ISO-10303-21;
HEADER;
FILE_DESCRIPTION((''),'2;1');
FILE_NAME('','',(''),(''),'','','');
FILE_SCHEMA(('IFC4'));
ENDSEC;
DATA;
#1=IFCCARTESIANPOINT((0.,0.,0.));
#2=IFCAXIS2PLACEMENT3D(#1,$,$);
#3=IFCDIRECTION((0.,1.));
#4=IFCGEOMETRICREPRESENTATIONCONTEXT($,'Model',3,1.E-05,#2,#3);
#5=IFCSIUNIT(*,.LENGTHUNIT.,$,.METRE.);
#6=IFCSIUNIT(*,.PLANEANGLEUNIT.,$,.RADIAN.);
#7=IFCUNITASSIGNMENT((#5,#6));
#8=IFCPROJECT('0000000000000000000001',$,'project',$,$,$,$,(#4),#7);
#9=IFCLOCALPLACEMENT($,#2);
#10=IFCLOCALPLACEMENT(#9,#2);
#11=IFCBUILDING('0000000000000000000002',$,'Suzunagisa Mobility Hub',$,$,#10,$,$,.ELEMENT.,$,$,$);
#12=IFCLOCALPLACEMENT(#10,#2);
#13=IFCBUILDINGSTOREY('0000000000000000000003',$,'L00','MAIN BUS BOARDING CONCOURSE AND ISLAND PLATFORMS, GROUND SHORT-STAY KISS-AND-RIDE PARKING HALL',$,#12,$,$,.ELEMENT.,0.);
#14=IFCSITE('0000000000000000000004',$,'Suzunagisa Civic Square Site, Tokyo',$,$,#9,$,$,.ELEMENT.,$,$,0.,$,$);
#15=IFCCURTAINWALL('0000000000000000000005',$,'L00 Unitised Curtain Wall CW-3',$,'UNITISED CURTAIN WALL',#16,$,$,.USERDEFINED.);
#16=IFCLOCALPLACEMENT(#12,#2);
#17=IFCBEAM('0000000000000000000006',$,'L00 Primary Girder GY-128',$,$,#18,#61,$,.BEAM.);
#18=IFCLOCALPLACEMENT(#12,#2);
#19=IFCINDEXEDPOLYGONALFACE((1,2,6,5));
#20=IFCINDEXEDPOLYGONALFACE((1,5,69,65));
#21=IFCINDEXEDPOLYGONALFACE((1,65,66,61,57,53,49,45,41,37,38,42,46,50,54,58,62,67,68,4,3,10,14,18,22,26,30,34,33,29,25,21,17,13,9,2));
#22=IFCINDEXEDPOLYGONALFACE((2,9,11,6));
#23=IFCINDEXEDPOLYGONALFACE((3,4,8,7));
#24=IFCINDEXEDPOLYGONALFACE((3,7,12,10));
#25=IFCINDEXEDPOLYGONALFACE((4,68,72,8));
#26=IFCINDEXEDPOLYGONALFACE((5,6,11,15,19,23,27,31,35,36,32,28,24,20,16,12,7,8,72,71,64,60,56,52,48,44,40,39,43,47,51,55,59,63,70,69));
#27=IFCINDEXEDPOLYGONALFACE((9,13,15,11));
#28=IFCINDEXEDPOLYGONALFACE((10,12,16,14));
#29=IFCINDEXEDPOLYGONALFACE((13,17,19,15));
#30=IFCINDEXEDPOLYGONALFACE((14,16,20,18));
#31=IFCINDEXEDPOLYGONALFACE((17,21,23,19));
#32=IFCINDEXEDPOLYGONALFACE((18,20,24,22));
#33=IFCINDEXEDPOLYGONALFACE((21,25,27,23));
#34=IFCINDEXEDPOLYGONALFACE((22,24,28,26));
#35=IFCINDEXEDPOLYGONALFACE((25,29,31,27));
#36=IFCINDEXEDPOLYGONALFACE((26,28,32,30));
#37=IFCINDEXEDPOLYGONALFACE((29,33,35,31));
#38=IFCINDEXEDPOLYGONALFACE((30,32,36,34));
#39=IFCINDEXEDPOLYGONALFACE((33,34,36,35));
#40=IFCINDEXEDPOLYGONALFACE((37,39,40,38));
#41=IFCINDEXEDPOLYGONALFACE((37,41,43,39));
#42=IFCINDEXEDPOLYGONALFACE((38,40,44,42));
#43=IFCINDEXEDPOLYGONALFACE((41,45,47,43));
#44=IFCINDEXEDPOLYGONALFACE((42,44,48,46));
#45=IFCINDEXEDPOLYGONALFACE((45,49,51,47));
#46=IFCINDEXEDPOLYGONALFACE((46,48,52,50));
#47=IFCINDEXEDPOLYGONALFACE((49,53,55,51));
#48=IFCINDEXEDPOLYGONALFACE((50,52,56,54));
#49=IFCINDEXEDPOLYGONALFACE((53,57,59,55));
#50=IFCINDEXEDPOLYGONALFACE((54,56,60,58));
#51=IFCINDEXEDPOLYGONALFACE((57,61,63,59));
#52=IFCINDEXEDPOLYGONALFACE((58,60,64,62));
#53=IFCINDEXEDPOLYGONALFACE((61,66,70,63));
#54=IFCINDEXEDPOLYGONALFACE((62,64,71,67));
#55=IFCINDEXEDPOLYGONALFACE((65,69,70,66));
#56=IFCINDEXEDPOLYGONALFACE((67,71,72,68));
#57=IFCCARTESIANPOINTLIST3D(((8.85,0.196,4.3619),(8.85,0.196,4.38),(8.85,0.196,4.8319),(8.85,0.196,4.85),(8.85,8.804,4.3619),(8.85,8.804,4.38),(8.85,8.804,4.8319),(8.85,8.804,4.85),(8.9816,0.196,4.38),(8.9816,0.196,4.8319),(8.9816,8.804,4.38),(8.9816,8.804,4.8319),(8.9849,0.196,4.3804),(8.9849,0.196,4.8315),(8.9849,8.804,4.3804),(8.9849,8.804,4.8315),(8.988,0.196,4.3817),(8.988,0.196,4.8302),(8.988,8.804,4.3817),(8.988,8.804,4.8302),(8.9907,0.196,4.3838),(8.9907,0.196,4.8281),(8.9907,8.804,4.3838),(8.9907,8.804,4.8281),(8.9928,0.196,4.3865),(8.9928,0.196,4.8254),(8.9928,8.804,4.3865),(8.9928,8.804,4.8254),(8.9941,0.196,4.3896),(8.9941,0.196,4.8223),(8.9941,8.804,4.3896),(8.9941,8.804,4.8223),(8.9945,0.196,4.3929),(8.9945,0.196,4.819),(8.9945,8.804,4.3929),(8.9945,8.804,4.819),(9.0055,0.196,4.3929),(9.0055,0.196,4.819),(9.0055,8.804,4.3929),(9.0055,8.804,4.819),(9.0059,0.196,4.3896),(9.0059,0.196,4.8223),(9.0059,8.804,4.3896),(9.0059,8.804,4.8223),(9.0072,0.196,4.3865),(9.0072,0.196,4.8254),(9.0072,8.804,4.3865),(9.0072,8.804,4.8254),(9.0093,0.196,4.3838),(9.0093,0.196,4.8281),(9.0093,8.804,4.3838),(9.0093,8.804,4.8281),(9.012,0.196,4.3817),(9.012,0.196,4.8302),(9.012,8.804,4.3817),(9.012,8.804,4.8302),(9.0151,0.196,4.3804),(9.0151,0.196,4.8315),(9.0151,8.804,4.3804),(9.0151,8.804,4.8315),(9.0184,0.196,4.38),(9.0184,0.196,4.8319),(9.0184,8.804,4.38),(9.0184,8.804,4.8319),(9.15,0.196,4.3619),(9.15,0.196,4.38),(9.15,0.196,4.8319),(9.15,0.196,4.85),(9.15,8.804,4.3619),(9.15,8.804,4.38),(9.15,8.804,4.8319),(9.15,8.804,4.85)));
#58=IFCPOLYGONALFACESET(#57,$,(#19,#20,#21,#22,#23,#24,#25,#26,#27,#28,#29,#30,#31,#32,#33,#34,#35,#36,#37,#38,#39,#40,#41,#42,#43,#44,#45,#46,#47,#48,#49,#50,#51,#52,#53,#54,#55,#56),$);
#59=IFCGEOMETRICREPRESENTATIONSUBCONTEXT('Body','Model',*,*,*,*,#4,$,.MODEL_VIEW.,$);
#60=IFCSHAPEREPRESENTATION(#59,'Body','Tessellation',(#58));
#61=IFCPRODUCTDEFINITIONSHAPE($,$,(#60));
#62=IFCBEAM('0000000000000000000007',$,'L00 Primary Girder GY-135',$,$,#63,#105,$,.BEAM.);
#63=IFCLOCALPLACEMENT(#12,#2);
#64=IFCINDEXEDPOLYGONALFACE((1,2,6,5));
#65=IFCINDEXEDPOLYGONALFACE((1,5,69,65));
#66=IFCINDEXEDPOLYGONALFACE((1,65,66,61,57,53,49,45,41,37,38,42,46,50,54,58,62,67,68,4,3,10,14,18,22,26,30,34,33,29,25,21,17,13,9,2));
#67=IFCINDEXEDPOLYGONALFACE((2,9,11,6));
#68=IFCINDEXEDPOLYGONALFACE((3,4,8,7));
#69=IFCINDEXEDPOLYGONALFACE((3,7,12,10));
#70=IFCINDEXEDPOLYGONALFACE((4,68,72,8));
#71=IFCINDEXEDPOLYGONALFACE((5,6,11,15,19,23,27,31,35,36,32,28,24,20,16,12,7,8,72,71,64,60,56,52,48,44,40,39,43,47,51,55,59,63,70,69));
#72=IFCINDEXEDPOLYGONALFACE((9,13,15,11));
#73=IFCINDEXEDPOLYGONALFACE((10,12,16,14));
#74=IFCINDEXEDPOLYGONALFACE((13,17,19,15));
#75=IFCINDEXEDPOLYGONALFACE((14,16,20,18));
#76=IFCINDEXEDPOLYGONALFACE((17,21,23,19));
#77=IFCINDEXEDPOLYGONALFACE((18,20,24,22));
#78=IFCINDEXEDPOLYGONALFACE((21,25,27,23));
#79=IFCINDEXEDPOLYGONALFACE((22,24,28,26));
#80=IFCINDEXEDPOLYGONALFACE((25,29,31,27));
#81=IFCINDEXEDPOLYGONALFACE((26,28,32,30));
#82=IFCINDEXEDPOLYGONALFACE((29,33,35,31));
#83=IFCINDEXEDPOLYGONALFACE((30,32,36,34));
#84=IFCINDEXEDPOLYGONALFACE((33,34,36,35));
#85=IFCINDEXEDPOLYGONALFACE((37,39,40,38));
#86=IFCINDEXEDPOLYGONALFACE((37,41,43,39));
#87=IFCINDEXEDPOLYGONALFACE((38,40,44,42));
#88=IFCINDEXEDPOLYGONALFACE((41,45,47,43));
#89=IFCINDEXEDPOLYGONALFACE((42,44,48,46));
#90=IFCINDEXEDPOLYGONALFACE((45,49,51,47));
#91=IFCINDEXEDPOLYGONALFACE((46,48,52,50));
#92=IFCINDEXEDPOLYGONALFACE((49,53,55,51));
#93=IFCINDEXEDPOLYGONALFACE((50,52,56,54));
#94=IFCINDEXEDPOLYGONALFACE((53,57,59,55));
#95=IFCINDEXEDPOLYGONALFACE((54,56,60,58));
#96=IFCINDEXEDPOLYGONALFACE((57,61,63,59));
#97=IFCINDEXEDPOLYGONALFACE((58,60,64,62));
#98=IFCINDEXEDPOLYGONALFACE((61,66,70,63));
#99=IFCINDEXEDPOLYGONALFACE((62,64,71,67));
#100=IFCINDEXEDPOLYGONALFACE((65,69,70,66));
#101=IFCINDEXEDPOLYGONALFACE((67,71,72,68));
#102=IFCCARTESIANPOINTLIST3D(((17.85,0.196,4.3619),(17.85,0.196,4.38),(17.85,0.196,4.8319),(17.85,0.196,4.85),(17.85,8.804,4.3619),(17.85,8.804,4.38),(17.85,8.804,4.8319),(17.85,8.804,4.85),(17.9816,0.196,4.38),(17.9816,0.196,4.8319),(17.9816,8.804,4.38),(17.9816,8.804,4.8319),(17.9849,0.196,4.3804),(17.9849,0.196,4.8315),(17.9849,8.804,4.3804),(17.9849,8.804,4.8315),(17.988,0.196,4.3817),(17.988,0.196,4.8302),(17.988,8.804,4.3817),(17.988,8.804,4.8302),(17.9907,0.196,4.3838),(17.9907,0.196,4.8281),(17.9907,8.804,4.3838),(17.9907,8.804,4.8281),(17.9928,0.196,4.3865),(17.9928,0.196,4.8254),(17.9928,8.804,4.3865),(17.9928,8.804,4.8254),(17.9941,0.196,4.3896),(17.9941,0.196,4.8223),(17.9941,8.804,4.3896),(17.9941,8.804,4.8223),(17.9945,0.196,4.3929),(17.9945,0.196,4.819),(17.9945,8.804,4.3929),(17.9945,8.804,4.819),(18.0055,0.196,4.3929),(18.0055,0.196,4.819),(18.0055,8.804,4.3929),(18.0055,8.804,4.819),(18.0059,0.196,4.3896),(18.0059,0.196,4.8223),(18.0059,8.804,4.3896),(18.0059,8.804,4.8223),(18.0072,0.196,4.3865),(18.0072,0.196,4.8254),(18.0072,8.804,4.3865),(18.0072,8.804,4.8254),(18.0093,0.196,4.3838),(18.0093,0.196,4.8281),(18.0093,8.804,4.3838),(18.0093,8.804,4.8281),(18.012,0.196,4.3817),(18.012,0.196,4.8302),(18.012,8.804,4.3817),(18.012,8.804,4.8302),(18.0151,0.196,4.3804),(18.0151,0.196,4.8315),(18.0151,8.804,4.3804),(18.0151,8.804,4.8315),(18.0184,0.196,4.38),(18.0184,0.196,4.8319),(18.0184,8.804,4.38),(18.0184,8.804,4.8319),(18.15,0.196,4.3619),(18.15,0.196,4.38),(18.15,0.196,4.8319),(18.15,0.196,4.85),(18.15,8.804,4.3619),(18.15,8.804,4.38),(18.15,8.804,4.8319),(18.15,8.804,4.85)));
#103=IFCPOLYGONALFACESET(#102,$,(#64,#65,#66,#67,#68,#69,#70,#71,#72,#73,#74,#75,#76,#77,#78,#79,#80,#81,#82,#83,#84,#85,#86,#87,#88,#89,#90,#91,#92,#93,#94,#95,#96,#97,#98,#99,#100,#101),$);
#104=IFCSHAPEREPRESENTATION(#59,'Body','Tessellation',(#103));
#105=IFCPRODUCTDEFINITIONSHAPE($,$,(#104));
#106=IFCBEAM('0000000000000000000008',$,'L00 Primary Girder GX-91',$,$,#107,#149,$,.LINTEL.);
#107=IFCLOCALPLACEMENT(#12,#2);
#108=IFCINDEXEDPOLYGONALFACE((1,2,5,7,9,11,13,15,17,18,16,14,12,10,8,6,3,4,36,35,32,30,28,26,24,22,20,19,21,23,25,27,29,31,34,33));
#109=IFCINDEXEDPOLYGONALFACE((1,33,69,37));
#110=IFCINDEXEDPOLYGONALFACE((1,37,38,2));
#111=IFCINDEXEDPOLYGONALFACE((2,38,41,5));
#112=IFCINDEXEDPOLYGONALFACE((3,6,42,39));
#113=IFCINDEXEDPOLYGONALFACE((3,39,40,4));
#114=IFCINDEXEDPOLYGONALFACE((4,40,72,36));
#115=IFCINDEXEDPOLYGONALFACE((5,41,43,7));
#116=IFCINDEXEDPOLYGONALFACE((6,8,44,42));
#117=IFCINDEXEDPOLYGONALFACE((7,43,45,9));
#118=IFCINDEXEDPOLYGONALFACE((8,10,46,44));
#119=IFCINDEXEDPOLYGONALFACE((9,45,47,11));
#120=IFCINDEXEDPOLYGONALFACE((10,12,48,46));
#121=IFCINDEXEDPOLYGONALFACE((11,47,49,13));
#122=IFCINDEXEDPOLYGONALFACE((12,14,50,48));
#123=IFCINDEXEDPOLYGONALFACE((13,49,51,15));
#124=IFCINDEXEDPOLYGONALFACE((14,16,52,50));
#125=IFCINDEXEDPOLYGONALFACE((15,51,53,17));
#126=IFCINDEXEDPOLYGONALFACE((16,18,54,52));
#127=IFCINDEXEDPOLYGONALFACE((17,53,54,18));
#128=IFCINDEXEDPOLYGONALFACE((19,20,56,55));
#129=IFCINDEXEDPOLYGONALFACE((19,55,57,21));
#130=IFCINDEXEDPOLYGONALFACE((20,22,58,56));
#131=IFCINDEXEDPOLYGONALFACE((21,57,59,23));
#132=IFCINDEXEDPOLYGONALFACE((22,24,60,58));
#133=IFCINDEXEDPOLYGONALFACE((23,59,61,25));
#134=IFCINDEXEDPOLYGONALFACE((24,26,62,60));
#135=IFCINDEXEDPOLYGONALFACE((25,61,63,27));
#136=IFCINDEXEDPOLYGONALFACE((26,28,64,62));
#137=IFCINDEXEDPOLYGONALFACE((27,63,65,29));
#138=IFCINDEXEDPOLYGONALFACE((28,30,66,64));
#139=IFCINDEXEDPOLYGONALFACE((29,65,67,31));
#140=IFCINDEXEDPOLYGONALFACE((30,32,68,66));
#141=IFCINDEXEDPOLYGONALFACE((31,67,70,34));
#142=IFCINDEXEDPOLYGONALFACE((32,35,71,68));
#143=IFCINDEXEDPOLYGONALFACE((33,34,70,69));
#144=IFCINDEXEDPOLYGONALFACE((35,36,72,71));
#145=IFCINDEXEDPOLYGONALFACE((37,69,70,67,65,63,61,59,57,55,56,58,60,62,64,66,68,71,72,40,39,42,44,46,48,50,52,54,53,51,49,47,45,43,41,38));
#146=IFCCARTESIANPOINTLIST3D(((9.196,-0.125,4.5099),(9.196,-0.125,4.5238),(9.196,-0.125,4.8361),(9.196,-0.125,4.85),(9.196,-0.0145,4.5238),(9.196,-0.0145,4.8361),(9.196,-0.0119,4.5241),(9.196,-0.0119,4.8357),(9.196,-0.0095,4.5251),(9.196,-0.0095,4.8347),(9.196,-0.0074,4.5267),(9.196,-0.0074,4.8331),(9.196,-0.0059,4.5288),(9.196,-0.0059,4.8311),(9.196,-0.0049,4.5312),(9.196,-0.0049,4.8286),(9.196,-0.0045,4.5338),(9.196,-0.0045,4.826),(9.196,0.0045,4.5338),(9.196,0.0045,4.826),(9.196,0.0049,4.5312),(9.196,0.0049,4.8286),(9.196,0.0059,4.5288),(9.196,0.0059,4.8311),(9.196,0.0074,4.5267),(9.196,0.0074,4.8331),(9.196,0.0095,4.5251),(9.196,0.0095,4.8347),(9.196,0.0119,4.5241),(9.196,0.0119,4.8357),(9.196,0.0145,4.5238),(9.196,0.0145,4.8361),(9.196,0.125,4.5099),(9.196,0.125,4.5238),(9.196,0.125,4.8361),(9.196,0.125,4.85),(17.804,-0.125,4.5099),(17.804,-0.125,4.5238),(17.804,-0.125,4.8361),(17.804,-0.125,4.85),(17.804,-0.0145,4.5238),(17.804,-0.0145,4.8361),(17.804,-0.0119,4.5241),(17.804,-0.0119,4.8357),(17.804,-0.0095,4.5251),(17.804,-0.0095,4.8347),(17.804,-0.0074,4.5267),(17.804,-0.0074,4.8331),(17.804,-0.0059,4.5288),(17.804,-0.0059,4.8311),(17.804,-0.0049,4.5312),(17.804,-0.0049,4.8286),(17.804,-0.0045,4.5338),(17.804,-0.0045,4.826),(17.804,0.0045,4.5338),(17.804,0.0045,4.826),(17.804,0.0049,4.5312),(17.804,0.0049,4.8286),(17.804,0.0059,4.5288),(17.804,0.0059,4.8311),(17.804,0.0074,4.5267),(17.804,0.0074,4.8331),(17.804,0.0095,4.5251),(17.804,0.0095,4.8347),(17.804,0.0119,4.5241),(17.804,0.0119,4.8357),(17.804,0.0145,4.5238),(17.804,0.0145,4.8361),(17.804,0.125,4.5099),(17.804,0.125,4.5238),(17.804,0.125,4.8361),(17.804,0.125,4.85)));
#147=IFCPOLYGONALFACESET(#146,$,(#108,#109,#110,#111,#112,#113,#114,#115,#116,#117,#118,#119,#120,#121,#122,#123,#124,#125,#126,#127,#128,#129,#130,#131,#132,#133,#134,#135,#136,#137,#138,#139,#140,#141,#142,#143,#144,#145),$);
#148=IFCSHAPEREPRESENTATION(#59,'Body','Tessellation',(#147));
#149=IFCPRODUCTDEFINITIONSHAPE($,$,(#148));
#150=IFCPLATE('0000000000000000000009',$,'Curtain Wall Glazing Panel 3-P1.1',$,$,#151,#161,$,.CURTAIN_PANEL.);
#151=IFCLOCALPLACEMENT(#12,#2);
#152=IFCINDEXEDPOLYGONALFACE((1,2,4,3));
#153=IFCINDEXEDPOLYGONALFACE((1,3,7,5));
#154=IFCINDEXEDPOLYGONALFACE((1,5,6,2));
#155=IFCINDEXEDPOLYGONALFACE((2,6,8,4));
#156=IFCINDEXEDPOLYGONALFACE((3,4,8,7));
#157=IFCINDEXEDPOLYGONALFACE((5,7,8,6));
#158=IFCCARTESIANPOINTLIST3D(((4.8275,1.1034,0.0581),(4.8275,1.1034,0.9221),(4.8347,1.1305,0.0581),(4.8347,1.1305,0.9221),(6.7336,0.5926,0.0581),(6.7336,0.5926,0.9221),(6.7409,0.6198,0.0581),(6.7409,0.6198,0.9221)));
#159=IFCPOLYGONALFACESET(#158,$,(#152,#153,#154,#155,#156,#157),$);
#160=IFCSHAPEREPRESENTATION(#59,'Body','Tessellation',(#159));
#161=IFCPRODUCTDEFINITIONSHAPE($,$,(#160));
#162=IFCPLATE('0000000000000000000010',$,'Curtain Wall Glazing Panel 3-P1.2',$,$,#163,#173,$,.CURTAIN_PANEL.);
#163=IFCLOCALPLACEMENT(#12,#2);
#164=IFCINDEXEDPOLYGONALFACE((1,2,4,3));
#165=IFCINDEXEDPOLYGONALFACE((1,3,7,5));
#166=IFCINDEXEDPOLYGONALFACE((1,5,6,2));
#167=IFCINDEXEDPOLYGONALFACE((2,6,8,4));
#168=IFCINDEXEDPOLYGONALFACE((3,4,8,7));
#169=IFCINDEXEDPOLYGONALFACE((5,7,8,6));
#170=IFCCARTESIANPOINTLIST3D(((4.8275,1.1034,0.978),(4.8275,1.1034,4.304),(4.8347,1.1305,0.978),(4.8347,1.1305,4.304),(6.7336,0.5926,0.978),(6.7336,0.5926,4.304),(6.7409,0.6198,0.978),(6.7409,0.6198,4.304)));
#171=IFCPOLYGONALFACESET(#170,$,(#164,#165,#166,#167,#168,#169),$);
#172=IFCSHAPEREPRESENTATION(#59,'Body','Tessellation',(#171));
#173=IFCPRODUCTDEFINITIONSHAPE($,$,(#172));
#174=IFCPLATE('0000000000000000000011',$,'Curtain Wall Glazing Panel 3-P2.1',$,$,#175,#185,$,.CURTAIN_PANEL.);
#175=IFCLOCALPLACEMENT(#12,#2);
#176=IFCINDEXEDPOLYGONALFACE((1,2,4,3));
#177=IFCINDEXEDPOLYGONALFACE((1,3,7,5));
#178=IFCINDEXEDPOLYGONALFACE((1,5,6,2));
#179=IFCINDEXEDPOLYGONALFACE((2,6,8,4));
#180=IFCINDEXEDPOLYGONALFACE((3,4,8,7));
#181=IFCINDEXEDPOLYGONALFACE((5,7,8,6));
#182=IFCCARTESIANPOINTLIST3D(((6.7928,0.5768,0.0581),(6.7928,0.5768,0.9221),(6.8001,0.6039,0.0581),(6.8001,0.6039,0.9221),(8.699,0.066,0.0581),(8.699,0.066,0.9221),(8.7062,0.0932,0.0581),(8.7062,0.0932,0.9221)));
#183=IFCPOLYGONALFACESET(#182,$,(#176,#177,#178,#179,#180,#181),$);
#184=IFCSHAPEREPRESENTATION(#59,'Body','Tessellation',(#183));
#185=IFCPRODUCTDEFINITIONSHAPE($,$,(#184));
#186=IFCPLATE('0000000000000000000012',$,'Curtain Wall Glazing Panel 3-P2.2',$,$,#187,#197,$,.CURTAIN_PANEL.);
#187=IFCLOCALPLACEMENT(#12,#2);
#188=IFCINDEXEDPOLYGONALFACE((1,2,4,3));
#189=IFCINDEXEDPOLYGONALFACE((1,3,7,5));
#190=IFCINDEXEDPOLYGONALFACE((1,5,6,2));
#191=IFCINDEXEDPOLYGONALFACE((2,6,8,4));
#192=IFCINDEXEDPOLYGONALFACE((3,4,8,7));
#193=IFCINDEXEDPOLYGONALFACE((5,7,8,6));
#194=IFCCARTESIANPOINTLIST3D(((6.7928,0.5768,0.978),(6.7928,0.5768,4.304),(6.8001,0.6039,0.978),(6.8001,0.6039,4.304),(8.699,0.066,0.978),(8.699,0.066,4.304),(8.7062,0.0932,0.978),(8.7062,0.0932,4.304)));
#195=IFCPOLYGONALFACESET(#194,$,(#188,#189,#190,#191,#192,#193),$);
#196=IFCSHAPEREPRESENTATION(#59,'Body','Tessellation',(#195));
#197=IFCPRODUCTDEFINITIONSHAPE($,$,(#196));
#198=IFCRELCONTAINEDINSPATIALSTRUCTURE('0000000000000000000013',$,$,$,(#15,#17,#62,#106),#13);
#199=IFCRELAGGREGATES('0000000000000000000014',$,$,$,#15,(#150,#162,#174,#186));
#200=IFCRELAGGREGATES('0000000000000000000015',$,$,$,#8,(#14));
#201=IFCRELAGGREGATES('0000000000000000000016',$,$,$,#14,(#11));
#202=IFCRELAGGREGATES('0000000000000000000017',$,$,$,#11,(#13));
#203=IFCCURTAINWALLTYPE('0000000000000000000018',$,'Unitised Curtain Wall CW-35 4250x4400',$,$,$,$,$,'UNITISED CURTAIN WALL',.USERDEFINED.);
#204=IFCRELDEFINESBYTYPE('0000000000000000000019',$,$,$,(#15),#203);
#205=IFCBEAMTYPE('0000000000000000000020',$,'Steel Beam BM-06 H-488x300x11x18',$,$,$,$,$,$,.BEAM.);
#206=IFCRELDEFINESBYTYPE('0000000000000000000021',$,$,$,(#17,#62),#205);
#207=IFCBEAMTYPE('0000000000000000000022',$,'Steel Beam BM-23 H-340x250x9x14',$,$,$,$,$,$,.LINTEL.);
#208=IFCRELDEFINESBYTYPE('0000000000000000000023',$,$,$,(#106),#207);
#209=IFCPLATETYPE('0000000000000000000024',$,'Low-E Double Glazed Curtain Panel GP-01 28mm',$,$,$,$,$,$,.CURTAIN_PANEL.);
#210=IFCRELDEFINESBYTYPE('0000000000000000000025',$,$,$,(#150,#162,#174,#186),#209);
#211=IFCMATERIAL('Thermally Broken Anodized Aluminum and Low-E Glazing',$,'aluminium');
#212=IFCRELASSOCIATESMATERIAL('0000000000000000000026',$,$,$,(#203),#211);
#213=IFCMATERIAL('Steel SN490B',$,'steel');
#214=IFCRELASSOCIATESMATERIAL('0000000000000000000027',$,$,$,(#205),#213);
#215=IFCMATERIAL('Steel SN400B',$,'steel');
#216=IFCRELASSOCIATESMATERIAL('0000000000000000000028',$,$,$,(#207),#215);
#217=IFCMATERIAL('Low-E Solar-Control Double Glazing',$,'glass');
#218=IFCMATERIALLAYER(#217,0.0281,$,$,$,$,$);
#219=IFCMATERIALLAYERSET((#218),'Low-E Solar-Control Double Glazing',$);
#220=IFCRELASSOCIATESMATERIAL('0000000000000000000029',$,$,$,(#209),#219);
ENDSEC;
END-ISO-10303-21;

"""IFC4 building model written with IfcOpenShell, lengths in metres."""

from ifc_helpers import new_model, si_unit, direction, frame, origin, origin_2d, place, context, subcontext, project, spatial, rectangle, i_section, extrude, material, layer, layer_set, material_profile, profile_set, type_object, element, aggregate, save


model = new_model("IFC4")

# Units and contexts
model_context = context("Model", 3, precision=1e-05, world=origin(), true_north=direction((0.0, 1.0)))
body_context = subcontext(model_context, "Body", "Model", "MODEL_VIEW")
ifc_project = project(units=[si_unit("LENGTHUNIT", "METRE"), si_unit("PLANEANGLEUNIT", "RADIAN")], contexts=[model_context])

# Site, building, storey
site_placement = place(None, origin())
site = spatial("IfcSite", under=ifc_project, at=site_placement, Name="Suzunagisa Civic Square Site, Tokyo", CompositionType="ELEMENT", RefElevation=0.0)
building_placement = place(site_placement, origin())
building = spatial("IfcBuilding", under=site, at=building_placement, Name="Suzunagisa Mobility Hub", CompositionType="ELEMENT")
storey_placement = place(building_placement, origin())
storey = spatial("IfcBuildingStorey", under=building, at=storey_placement, Name="L00", Description="MAIN BUS BOARDING CONCOURSE AND ISLAND PLATFORMS, GROUND SHORT-STAY KISS-AND-RIDE PARKING HALL", CompositionType="ELEMENT", Elevation=0.0)

# Shared definitions
ifc_material_1 = material(Name="Steel SN490B", Category="steel")

# Curtain wall
ifc_material_2 = material(Name="Thermally Broken Anodized Aluminum and Low-E Glazing", Category="aluminium")
curtain_wall_type = type_object("IfcCurtainWallType", Name="Unitised Curtain Wall CW-35 4250x4400", ElementType="UNITISED CURTAIN WALL", PredefinedType="USERDEFINED", material=ifc_material_2)
curtain_wall_placement = place(storey_placement, origin())
curtain_wall = element("IfcCurtainWall", 1, at=curtain_wall_placement, inside=storey, type_object=curtain_wall_type, Name="L00 Unitised Curtain Wall CW-3", ObjectType="UNITISED CURTAIN WALL", PredefinedType="USERDEFINED")

# Beams
ifc_material_profile_1 = material_profile(ifc_material_1, i_section(OverallWidth=0.3, OverallDepth=0.488, WebThickness=0.011, FlangeThickness=0.0181, FilletRadius=0.0129, at=origin_2d()), Name="H-488x300x11x18")
ifc_profile_set_1 = profile_set([ifc_material_profile_1], Name="Steel SN490B")
beam_type_1 = type_object("IfcBeamType", Name="Steel Beam BM-06 H-488x300x11x18", PredefinedType="BEAM", material=ifc_profile_set_1)
for number, where, z_axis, x_axis, name in (
    (2, (9.0, 0.196, 4.606), (0.0, 1.0, 0.0), (-1.0, 0.0, 0.0), "L00 Primary Girder GY-128"),
    (3, (18.0, 0.196, 4.606), (0.0, 1.0, 0.0), (-1.0, 0.0, 0.0), "L00 Primary Girder GY-135"),
):
    element("IfcBeam", number, at=place(storey_placement, frame(where, z_axis=z_axis, x_axis=x_axis)), inside=storey, type_object=beam_type_1, Name=name, PredefinedType="BEAM", context=body_context, shape_type="SweptSolid", body=[
        extrude(i_section(OverallWidth=0.3, OverallDepth=0.488, WebThickness=0.011, FlangeThickness=0.0181, FilletRadius=0.0129, at=origin_2d()), origin(), (0.0, 0.0, 1.0), 8.6079),
    ])
ifc_material_3 = material(Name="Steel SN400B", Category="steel")
ifc_material_profile_2 = material_profile(ifc_material_3, i_section(OverallWidth=0.25, OverallDepth=0.3401, WebThickness=0.009, FlangeThickness=0.0139, FilletRadius=0.01, at=origin_2d()), Name="H-340x250x9x14")
ifc_profile_set_2 = profile_set([ifc_material_profile_2], Name="Steel SN400B")
beam_type_2 = type_object("IfcBeamType", Name="Steel Beam BM-23 H-340x250x9x14", PredefinedType="LINTEL", material=ifc_profile_set_2)
beam_placement = place(storey_placement, frame((9.196, 0.0, 4.6799), z_axis=(1.0, 0.0, 0.0), x_axis=(0.0, 1.0, 0.0)))
element("IfcBeam", 4, at=beam_placement, inside=storey, type_object=beam_type_2, Name="L00 Primary Girder GX-91", PredefinedType="LINTEL", context=body_context, shape_type="SweptSolid", body=[
    extrude(i_section(OverallWidth=0.25, OverallDepth=0.3401, WebThickness=0.009, FlangeThickness=0.0139, FilletRadius=0.01, at=origin_2d()), origin(), (0.0, 0.0, 1.0), 8.6079),
])

# Plates
ifc_material_4 = material(Name="Low-E Solar-Control Double Glazing", Category="glass")
ifc_layer_1 = layer(ifc_material_4, 0.0281)
ifc_layer_set_1 = layer_set([ifc_layer_1], Name="Low-E Solar-Control Double Glazing")
plate_type = type_object("IfcPlateType", Name="Low-E Double Glazed Curtain Panel GP-01 28mm", PredefinedType="CURTAIN_PANEL", material=ifc_layer_set_1)
plate_1_placement = place(storey_placement, frame((5.7842, 0.8616, 0.0581), z_axis=(0.0, 0.0, 1.0), x_axis=(0.965927, -0.258814, 0.0)))
plate_1 = element("IfcPlate", 5, at=plate_1_placement, type_object=plate_type, Name="Curtain Wall Glazing Panel 3-P1.1", PredefinedType="CURTAIN_PANEL", context=body_context, shape_type="SweptSolid", body=[
    extrude(rectangle(XDim=1.9734, YDim=0.0281, at=origin_2d()), origin(), (0.0, 0.0, 1.0), 0.864),
])
plate_2_placement = place(storey_placement, frame((5.7842, 0.8616, 0.978), z_axis=(0.0, 0.0, 1.0), x_axis=(0.965927, -0.258814, 0.0)))
plate_2 = element("IfcPlate", 6, at=plate_2_placement, type_object=plate_type, Name="Curtain Wall Glazing Panel 3-P1.2", PredefinedType="CURTAIN_PANEL", context=body_context, shape_type="SweptSolid", body=[
    extrude(rectangle(XDim=1.9734, YDim=0.0281, at=origin_2d()), origin(), (0.0, 0.0, 1.0), 3.3259),
])
plate_3_placement = place(storey_placement, frame((7.7495, 0.335, 0.0581), z_axis=(0.0, 0.0, 1.0), x_axis=(0.965927, -0.258814, 0.0)))
plate_3 = element("IfcPlate", 7, at=plate_3_placement, type_object=plate_type, Name="Curtain Wall Glazing Panel 3-P2.1", PredefinedType="CURTAIN_PANEL", context=body_context, shape_type="SweptSolid", body=[
    extrude(rectangle(XDim=1.9734, YDim=0.0281, at=origin_2d()), origin(), (0.0, 0.0, 1.0), 0.864),
])
plate_4_placement = place(storey_placement, frame((7.7495, 0.335, 0.978), z_axis=(0.0, 0.0, 1.0), x_axis=(0.965927, -0.258814, 0.0)))
plate_4 = element("IfcPlate", 8, at=plate_4_placement, type_object=plate_type, Name="Curtain Wall Glazing Panel 3-P2.2", PredefinedType="CURTAIN_PANEL", context=body_context, shape_type="SweptSolid", body=[
    extrude(rectangle(XDim=1.9734, YDim=0.0281, at=origin_2d()), origin(), (0.0, 0.0, 1.0), 3.3259),
])
aggregate(curtain_wall, [plate_1, plate_2, plate_3, plate_4])

save(model, "model.ifc")
